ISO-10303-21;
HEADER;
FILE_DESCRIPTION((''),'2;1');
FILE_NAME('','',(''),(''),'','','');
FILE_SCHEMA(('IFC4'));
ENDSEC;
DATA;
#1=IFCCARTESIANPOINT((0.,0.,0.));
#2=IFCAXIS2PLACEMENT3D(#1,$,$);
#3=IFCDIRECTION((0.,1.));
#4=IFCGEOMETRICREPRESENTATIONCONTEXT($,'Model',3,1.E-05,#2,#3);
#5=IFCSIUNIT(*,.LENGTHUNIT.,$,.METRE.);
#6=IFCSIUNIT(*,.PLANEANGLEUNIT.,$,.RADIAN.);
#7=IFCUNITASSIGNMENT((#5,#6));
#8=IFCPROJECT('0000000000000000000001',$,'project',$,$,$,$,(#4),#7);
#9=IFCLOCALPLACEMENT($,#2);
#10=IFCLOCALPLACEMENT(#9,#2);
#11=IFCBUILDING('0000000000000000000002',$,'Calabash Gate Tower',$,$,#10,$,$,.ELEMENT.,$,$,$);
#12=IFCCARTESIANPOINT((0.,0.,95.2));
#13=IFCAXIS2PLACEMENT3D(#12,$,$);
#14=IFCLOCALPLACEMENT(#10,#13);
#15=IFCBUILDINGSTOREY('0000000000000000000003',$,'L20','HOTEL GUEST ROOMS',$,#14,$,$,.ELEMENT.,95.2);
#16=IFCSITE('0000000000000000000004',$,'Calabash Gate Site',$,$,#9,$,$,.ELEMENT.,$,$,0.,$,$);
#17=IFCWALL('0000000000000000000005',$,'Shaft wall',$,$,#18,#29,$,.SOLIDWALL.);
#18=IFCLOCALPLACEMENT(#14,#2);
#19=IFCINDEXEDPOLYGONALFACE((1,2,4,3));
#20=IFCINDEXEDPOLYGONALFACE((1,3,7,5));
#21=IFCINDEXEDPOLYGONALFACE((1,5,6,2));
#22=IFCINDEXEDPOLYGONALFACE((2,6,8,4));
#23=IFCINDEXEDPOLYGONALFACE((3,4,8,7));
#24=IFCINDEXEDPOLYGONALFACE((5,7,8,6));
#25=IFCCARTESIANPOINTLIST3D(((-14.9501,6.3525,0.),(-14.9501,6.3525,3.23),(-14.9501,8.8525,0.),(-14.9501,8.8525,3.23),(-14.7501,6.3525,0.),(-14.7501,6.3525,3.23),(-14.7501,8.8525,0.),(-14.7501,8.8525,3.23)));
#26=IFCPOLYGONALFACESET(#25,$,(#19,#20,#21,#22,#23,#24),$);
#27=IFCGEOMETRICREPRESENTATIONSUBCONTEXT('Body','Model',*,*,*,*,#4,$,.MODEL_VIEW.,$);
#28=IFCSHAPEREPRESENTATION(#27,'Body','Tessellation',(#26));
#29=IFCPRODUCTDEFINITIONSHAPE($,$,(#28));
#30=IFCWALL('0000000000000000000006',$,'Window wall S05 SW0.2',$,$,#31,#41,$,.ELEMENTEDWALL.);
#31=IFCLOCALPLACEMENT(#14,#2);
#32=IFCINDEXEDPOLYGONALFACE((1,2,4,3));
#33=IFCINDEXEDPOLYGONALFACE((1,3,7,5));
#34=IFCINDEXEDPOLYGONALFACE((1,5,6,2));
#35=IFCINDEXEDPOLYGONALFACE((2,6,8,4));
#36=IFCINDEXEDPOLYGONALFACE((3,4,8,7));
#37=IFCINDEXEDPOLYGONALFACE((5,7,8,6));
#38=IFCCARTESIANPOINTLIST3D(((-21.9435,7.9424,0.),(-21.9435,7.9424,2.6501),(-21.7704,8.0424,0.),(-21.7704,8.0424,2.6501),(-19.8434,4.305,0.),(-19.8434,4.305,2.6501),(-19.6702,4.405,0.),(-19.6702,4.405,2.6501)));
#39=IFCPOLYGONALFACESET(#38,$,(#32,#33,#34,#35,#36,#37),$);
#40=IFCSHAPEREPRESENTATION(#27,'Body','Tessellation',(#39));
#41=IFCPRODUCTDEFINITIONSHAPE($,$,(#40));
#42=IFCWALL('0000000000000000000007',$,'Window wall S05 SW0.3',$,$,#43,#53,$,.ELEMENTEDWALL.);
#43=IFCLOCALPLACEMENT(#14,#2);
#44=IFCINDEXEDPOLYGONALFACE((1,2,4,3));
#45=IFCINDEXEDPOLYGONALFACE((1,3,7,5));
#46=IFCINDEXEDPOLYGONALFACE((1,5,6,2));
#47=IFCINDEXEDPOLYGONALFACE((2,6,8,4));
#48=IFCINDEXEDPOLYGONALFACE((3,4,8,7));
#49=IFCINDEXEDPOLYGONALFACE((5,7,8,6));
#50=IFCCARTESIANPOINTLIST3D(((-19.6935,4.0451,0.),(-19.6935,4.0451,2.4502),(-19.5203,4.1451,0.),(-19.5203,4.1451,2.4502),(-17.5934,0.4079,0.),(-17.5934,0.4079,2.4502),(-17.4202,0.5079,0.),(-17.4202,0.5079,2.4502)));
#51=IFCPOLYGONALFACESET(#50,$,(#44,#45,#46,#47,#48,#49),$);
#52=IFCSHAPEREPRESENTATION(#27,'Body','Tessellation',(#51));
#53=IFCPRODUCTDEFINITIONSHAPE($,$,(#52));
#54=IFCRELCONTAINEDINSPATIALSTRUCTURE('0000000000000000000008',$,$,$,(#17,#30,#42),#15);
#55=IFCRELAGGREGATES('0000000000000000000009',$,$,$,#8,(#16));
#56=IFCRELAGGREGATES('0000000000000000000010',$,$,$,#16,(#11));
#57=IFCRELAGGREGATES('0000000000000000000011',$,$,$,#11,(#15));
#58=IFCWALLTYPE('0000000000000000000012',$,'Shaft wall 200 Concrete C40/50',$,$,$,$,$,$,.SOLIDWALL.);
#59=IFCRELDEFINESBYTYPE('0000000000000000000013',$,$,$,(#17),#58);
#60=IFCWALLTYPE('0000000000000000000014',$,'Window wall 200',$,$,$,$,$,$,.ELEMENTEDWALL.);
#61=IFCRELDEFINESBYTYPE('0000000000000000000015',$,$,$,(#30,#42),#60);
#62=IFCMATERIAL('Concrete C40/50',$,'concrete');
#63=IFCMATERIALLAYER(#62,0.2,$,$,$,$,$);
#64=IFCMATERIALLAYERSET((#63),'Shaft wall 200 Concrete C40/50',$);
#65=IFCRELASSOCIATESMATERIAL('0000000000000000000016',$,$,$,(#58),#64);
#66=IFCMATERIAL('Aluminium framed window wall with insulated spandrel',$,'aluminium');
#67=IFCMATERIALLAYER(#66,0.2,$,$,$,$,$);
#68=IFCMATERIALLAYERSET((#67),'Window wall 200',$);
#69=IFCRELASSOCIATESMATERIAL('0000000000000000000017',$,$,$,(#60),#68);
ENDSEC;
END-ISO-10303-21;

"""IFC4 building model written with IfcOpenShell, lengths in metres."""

from ifc_helpers import new_model, si_unit, direction, frame, frame_2d, origin, place, context, subcontext, project, spatial, rectangle, extrude, material, layer, layer_set, type_object, element, save


model = new_model("IFC4")

# Units and contexts
model_context = context("Model", 3, precision=1e-05, world=origin(), true_north=direction((0.0, 1.0)))
body_context = subcontext(model_context, "Body", "Model", "MODEL_VIEW")
ifc_project = project(units=[si_unit("LENGTHUNIT", "METRE"), si_unit("PLANEANGLEUNIT", "RADIAN")], contexts=[model_context])

# Site, building, storey
site_placement = place(None, origin())
site = spatial("IfcSite", under=ifc_project, at=site_placement, Name="Calabash Gate Site", CompositionType="ELEMENT", RefElevation=0.0)
building_placement = place(site_placement, origin())
building = spatial("IfcBuilding", under=site, at=building_placement, Name="Calabash Gate Tower", CompositionType="ELEMENT")
storey_placement = place(building_placement, frame((0.0, 0.0, 95.2)))
storey = spatial("IfcBuildingStorey", under=building, at=storey_placement, Name="L20", Description="HOTEL GUEST ROOMS", CompositionType="ELEMENT", Elevation=95.2)

# Walls
ifc_material_1 = material(Name="Concrete C40/50", Category="concrete")
ifc_layer_1 = layer(ifc_material_1, 0.2)
ifc_layer_set_1 = layer_set([ifc_layer_1], Name="Shaft wall 200 Concrete C40/50")
wall_type_1 = type_object("IfcWallType", Name="Shaft wall 200 Concrete C40/50", PredefinedType="SOLIDWALL", material=ifc_layer_set_1)
wall_1_placement = place(storey_placement, frame((-14.8501, 6.3525, 0.0), z_axis=(0.0, 0.0, 1.0), x_axis=(0.0, 1.0, 0.0)))
element("IfcWall", 1, at=wall_1_placement, inside=storey, type_object=wall_type_1, Name="Shaft wall", PredefinedType="SOLIDWALL", context=body_context, shape_type="SweptSolid", body=[
    extrude(rectangle(XDim=2.5, YDim=0.2, at=frame_2d((1.25, 0.0))), origin(), (0.0, 0.0, 1.0), 3.23),
])
ifc_material_2 = material(Name="Aluminium framed window wall with insulated spandrel", Category="aluminium")
ifc_layer_2 = layer(ifc_material_2, 0.2)
ifc_layer_set_2 = layer_set([ifc_layer_2], Name="Window wall 200")
wall_type_2 = type_object("IfcWallType", Name="Window wall 200", PredefinedType="ELEMENTEDWALL", material=ifc_layer_set_2)
wall_2_placement = place(storey_placement, frame((-21.8569, 7.9924, 0.0), z_axis=(0.0, 0.0, 1.0), x_axis=(0.500003, -0.866024, 0.0)))
element("IfcWall", 2, at=wall_2_placement, inside=storey, type_object=wall_type_2, Name="Window wall S05 SW0.2", PredefinedType="ELEMENTEDWALL", context=body_context, shape_type="SweptSolid", body=[
    extrude(rectangle(XDim=4.2002, YDim=0.2, at=frame_2d((2.1001, 0.0))), origin(), (0.0, 0.0, 1.0), 2.6501),
])
wall_3_placement = place(storey_placement, frame((-19.6069, 4.0952, 0.0), z_axis=(0.0, 0.0, 1.0), x_axis=(0.500028, -0.866009, 0.0)))
element("IfcWall", 3, at=wall_3_placement, inside=storey, type_object=wall_type_2, Name="Window wall S05 SW0.3", PredefinedType="ELEMENTEDWALL", context=body_context, shape_type="SweptSolid", body=[
    extrude(rectangle(XDim=4.2, YDim=0.2, at=frame_2d((2.1001, 0.0))), origin(), (0.0, 0.0, 1.0), 2.4502),
])

save(model, "model.ifc")
